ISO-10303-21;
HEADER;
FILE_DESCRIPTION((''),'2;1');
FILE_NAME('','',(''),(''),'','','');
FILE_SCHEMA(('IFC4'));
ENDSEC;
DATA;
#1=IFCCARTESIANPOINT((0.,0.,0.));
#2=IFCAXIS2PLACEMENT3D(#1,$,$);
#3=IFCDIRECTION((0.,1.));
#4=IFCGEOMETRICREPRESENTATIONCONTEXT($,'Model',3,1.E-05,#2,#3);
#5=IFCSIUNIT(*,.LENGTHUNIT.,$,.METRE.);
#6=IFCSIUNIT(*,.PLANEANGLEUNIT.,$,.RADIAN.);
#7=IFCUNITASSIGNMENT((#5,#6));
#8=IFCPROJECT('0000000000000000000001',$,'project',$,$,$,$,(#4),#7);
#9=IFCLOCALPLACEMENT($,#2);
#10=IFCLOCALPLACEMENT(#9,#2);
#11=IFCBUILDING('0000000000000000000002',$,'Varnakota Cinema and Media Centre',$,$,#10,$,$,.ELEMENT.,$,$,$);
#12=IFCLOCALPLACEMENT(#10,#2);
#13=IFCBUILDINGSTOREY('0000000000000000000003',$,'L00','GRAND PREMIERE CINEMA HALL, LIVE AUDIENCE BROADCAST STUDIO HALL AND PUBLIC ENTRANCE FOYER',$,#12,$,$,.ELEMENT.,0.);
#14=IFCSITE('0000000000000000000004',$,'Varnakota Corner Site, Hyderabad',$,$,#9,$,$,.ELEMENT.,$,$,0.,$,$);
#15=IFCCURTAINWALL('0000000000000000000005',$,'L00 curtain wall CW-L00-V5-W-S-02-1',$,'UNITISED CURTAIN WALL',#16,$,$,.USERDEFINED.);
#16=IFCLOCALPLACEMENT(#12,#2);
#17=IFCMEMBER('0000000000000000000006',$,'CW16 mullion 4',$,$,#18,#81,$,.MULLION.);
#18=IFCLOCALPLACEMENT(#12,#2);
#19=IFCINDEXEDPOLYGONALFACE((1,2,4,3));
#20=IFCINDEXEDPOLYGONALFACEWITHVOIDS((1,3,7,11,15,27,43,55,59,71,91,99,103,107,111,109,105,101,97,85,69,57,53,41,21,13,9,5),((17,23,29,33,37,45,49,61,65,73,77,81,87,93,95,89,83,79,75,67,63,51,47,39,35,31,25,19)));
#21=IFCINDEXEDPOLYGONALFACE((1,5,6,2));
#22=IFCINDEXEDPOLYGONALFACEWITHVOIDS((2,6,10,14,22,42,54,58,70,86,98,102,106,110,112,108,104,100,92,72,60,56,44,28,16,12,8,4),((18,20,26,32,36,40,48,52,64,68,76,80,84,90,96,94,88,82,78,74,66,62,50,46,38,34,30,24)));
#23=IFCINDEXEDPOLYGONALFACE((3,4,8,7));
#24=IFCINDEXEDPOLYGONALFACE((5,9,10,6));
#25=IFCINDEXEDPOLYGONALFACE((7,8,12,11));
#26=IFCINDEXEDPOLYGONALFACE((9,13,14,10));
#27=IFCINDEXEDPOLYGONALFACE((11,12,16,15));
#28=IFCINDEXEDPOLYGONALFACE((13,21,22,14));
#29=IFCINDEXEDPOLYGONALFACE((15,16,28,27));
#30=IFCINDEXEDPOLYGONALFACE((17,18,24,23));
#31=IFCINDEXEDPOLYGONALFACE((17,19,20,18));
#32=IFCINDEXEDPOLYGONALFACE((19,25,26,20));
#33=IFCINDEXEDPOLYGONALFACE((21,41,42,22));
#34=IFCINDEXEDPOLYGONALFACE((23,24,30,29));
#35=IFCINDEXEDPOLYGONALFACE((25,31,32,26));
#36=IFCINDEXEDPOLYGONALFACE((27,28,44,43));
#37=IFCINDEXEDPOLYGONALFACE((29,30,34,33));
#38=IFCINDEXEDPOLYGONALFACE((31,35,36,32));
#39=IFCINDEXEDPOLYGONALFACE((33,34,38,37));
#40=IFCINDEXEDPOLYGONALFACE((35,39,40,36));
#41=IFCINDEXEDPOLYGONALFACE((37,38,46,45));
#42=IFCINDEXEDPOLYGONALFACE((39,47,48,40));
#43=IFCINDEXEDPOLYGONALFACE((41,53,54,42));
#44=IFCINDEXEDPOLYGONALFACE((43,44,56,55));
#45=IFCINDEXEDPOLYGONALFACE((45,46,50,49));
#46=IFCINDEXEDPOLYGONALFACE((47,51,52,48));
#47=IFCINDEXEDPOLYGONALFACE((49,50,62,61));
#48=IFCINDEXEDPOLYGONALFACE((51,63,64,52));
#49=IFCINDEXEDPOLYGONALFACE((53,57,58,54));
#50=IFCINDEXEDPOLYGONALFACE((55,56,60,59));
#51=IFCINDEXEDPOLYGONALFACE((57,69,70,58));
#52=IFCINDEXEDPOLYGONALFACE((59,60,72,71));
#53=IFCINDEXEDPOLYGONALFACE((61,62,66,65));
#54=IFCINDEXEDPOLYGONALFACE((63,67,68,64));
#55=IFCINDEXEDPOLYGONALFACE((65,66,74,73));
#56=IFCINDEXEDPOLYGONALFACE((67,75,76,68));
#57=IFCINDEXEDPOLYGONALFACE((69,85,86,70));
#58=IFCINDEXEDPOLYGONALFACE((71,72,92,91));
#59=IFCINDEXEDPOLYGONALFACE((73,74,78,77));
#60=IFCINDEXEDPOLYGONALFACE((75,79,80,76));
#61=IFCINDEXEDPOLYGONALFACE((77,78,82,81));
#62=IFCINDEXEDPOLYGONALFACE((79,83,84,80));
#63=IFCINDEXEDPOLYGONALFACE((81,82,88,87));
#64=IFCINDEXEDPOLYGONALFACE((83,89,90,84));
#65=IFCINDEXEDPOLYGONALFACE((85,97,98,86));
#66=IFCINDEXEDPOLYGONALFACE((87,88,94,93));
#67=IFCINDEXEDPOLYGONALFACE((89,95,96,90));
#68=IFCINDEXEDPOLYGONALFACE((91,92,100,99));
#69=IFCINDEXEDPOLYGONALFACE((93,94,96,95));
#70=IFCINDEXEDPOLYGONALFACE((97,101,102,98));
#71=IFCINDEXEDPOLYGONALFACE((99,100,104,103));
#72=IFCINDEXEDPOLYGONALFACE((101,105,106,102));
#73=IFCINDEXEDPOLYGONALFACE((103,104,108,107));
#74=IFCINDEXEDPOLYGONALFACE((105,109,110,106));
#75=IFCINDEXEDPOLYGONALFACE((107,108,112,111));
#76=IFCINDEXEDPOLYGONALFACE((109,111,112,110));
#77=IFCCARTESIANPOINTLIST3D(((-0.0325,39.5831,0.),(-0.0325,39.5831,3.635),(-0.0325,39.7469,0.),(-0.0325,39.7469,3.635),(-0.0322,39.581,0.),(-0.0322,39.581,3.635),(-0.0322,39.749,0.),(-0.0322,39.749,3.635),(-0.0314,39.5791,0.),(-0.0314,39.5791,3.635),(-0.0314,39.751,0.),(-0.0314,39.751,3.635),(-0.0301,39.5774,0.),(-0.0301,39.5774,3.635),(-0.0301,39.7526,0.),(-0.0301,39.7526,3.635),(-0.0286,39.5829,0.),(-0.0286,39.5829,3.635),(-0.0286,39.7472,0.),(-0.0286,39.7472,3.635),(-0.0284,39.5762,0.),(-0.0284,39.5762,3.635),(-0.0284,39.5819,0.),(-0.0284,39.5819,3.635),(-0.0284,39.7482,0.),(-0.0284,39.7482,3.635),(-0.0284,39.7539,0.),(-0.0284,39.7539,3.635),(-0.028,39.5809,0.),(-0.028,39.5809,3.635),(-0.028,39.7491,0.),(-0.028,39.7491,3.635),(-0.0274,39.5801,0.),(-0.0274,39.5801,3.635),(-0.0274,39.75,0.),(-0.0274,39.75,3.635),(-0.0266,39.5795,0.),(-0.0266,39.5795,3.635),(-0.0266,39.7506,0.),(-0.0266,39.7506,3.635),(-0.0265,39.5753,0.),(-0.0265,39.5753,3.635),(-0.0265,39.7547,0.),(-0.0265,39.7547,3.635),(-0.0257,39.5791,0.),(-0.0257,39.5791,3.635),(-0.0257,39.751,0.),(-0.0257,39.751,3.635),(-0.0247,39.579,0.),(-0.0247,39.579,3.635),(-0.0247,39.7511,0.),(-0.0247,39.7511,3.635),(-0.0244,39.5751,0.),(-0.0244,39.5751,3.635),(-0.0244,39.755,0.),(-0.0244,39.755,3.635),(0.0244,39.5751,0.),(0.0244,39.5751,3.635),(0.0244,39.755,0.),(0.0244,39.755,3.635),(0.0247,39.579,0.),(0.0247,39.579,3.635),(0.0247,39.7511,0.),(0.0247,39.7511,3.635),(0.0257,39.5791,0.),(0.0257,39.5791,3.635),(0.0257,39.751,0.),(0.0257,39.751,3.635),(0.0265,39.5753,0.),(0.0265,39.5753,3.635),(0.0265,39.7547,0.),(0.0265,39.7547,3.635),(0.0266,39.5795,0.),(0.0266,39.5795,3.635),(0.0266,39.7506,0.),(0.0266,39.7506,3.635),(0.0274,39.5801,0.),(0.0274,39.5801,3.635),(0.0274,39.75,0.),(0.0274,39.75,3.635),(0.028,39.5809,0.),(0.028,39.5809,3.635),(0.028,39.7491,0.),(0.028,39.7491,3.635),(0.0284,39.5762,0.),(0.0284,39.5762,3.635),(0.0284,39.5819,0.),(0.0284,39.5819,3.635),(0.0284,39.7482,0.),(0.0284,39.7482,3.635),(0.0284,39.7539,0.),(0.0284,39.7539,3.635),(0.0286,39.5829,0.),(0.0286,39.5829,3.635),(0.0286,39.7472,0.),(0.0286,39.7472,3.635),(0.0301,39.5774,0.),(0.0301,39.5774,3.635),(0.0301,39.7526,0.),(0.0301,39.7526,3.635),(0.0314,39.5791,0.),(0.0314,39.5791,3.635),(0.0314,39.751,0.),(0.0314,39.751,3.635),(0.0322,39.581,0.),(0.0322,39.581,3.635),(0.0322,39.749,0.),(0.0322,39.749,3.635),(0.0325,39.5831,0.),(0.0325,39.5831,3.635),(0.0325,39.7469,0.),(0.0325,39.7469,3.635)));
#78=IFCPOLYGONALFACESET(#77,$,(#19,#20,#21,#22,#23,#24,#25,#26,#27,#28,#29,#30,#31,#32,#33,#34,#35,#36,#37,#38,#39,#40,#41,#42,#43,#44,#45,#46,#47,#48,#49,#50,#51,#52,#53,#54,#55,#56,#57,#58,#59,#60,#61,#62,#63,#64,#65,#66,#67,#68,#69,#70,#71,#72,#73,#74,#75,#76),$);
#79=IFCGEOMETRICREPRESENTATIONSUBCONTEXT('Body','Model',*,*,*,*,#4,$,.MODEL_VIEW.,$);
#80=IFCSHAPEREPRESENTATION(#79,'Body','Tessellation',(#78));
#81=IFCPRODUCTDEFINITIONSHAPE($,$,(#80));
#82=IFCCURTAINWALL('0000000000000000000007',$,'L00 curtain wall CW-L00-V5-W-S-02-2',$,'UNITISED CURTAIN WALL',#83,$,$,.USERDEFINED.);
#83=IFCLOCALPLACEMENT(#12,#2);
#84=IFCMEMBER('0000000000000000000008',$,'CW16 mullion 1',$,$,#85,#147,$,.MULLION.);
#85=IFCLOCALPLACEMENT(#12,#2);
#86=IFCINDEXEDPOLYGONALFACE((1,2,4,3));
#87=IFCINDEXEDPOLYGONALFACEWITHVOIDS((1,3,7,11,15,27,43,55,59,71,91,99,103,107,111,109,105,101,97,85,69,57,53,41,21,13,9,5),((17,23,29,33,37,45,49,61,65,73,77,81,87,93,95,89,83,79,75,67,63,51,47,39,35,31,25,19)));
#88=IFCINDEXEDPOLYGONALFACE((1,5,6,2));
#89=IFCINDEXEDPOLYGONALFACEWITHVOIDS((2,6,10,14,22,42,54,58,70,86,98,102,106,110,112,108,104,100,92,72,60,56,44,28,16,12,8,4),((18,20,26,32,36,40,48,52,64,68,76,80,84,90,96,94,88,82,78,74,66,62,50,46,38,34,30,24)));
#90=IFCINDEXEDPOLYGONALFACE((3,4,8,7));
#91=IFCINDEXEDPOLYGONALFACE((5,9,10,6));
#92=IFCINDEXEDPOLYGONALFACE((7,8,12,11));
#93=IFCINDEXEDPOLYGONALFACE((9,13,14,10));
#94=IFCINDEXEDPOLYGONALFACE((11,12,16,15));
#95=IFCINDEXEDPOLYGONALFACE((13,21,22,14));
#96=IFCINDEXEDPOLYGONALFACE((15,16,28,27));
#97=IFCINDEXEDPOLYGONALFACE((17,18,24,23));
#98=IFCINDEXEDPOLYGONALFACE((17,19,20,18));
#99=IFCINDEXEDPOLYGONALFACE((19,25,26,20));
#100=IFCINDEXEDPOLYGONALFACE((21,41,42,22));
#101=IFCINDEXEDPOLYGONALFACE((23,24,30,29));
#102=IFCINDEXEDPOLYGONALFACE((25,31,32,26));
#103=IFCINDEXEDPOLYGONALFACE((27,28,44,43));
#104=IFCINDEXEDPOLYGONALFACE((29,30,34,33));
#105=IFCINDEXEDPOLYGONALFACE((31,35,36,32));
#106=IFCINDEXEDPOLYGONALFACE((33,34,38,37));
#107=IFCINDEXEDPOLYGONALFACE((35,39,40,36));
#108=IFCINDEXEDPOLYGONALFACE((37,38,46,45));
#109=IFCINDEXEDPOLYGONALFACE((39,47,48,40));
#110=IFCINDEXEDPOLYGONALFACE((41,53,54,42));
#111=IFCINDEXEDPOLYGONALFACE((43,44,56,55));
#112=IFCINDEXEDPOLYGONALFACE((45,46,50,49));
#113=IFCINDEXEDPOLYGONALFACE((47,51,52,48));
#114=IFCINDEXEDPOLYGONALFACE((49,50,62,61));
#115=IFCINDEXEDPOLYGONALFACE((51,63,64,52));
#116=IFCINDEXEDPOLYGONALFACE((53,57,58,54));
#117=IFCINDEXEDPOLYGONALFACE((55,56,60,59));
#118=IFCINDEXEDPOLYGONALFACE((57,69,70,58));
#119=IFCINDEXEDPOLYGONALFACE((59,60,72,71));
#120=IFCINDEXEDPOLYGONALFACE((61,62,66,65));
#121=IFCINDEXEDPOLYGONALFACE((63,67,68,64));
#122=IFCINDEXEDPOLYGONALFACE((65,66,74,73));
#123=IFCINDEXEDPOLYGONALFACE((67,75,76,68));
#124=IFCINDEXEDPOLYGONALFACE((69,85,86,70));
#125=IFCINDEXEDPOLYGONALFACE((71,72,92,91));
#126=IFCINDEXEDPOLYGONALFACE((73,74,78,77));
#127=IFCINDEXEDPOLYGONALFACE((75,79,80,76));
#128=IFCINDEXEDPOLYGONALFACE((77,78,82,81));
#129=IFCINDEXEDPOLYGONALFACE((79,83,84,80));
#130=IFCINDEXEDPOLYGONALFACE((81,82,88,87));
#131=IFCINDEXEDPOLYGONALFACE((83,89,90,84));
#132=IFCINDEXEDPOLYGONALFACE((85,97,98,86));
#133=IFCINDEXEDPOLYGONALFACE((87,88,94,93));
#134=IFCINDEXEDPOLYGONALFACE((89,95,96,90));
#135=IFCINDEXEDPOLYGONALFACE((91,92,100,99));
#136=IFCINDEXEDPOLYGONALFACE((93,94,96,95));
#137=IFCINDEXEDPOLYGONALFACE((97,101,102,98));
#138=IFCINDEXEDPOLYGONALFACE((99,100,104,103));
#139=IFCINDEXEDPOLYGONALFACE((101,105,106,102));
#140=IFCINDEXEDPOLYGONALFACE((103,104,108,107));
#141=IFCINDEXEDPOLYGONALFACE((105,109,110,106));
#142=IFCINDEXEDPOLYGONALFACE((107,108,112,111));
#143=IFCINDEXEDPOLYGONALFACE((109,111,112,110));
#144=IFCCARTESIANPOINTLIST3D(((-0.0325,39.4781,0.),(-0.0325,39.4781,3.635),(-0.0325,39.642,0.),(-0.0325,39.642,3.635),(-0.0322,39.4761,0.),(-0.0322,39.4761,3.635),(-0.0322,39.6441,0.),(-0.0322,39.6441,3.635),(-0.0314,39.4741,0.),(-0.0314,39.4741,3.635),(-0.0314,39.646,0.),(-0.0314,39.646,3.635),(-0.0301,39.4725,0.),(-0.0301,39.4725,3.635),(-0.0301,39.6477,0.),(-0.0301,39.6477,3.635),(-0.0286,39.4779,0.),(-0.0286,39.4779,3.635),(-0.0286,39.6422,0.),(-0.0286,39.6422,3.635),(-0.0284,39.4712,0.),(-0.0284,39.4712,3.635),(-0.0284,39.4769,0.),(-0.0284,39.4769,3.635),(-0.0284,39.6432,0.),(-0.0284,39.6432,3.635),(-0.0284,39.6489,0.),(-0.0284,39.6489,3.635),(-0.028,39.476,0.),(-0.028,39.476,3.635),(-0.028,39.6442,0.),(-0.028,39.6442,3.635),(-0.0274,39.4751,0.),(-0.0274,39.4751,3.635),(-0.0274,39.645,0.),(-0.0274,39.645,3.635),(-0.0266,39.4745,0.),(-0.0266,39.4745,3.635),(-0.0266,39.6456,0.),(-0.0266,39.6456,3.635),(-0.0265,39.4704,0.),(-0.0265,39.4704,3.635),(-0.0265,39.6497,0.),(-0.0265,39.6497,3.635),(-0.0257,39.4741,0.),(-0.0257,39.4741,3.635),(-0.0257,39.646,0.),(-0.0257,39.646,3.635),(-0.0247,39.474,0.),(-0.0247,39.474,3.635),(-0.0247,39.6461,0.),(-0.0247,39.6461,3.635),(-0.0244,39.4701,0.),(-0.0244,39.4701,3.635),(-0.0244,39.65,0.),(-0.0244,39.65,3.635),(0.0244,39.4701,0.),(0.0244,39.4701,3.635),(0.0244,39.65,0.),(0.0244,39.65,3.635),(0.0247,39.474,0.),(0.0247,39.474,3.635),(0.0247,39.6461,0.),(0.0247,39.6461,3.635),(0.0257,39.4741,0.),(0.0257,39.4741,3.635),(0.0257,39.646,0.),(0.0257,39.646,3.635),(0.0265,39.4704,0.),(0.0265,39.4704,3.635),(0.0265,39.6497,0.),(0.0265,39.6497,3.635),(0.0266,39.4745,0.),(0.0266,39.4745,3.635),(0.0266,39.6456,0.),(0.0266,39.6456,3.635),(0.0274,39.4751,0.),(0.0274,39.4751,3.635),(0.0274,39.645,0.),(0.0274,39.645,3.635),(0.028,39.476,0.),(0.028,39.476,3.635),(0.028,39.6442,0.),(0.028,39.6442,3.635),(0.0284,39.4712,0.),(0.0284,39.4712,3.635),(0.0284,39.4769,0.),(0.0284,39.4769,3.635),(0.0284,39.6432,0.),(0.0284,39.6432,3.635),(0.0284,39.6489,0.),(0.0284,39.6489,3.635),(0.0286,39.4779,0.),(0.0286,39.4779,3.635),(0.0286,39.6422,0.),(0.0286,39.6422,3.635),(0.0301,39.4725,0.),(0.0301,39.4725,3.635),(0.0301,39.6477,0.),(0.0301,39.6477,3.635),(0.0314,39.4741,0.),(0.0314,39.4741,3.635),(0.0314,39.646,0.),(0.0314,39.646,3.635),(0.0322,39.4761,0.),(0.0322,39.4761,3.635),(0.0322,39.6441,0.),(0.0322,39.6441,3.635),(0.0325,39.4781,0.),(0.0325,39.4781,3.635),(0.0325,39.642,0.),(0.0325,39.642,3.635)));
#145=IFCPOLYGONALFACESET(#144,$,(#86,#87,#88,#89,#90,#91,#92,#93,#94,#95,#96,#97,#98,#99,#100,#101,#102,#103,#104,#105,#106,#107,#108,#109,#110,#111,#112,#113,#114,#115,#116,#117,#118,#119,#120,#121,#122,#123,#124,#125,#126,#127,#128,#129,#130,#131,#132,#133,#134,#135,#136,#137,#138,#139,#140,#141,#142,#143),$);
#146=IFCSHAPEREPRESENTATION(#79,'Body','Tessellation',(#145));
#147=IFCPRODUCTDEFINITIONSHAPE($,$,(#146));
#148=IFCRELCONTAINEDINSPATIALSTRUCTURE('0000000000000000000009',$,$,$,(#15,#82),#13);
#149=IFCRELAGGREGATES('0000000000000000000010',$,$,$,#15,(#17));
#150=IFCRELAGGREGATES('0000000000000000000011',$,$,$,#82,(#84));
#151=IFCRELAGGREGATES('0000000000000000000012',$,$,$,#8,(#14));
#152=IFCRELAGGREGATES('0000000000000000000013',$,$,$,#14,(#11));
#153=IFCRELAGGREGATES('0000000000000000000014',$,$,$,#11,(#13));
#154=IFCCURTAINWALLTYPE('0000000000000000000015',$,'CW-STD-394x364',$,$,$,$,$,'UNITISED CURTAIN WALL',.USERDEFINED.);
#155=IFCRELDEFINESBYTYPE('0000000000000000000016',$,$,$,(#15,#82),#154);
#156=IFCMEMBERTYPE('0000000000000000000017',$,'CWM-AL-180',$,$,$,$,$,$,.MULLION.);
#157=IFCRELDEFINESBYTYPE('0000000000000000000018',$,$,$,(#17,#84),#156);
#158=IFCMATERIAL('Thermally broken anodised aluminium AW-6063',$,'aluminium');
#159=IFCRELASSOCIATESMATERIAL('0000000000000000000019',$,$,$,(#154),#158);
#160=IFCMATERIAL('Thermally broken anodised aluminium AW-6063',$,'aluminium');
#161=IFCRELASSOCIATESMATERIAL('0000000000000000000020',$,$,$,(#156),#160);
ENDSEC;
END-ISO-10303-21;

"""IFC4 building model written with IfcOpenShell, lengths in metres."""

from ifc_helpers import new_model, si_unit, direction, frame, origin, origin_2d, place, context, subcontext, project, spatial, hollow_rectangle, extrude, material, material_profile, profile_set, type_object, element, aggregate, save


model = new_model("IFC4")

# Units and contexts
model_context = context("Model", 3, precision=1e-05, world=origin(), true_north=direction((0.0, 1.0)))
body_context = subcontext(model_context, "Body", "Model", "MODEL_VIEW")
ifc_project = project(units=[si_unit("LENGTHUNIT", "METRE"), si_unit("PLANEANGLEUNIT", "RADIAN")], contexts=[model_context])

# Site, building, storey
site_placement = place(None, origin())
site = spatial("IfcSite", under=ifc_project, at=site_placement, Name="Varnakota Corner Site, Hyderabad", CompositionType="ELEMENT", RefElevation=0.0)
building_placement = place(site_placement, origin())
building = spatial("IfcBuilding", under=site, at=building_placement, Name="Varnakota Cinema and Media Centre", CompositionType="ELEMENT")
storey_placement = place(building_placement, origin())
storey = spatial("IfcBuildingStorey", under=building, at=storey_placement, Name="L00", Description="GRAND PREMIERE CINEMA HALL, LIVE AUDIENCE BROADCAST STUDIO HALL AND PUBLIC ENTRANCE FOYER", CompositionType="ELEMENT", Elevation=0.0)

# Curtain wall, member
ifc_material_1 = material(Name="Thermally broken anodised aluminium AW-6063", Category="aluminium")
curtain_wall_type = type_object("IfcCurtainWallType", Name="CW-STD-394x364", ElementType="UNITISED CURTAIN WALL", PredefinedType="USERDEFINED", material=ifc_material_1)
curtain_wall_1_placement = place(storey_placement, origin())
curtain_wall_1 = element("IfcCurtainWall", 1, at=curtain_wall_1_placement, inside=storey, type_object=curtain_wall_type, Name="L00 curtain wall CW-L00-V5-W-S-02-1", ObjectType="UNITISED CURTAIN WALL", PredefinedType="USERDEFINED")
ifc_material_2 = material(Name="Thermally broken anodised aluminium AW-6063", Category="aluminium")
ifc_material_profile_1 = material_profile(ifc_material_2, hollow_rectangle(XDim=0.0649, YDim=0.1799, WallThickness=0.0039, InnerFilletRadius=0.0039, OuterFilletRadius=0.0081, at=origin_2d()), Name="AL-MULLION 180x65x4")
ifc_profile_set_1 = profile_set([ifc_material_profile_1], Name="Thermally broken anodised aluminium AW-6063")
member_type_1 = type_object("IfcMemberType", Name="CWM-AL-180", PredefinedType="MULLION", material=ifc_profile_set_1)
member_1_placement = place(storey_placement, frame((0.0, 39.665, 0.0), z_axis=(0.0, 0.0, 1.0), x_axis=(1.0, 0.0, 0.0)))
member_1 = element("IfcMember", 2, at=member_1_placement, type_object=member_type_1, Name="CW16 mullion 4", PredefinedType="MULLION", context=body_context, shape_type="SweptSolid", body=[
    extrude(hollow_rectangle(XDim=0.0649, YDim=0.1799, WallThickness=0.0039, InnerFilletRadius=0.0039, OuterFilletRadius=0.0081, at=origin_2d()), origin(), (0.0, 0.0, 1.0), 3.635),
])

# Curtain wall, member
curtain_wall_2_placement = place(storey_placement, origin())
curtain_wall_2 = element("IfcCurtainWall", 3, at=curtain_wall_2_placement, inside=storey, type_object=curtain_wall_type, Name="L00 curtain wall CW-L00-V5-W-S-02-2", ObjectType="UNITISED CURTAIN WALL", PredefinedType="USERDEFINED")
member_2_placement = place(storey_placement, frame((0.0, 39.5601, 0.0), z_axis=(0.0, 0.0, 1.0), x_axis=(1.0, 0.0, 0.0)))
member_2 = element("IfcMember", 4, at=member_2_placement, type_object=member_type_1, Name="CW16 mullion 1", PredefinedType="MULLION", context=body_context, shape_type="SweptSolid", body=[
    extrude(hollow_rectangle(XDim=0.0649, YDim=0.1799, WallThickness=0.0039, InnerFilletRadius=0.0039, OuterFilletRadius=0.0081, at=origin_2d()), origin(), (0.0, 0.0, 1.0), 3.635),
])

aggregate(curtain_wall_1, [member_1])
aggregate(curtain_wall_2, [member_2])

save(model, "model.ifc")
